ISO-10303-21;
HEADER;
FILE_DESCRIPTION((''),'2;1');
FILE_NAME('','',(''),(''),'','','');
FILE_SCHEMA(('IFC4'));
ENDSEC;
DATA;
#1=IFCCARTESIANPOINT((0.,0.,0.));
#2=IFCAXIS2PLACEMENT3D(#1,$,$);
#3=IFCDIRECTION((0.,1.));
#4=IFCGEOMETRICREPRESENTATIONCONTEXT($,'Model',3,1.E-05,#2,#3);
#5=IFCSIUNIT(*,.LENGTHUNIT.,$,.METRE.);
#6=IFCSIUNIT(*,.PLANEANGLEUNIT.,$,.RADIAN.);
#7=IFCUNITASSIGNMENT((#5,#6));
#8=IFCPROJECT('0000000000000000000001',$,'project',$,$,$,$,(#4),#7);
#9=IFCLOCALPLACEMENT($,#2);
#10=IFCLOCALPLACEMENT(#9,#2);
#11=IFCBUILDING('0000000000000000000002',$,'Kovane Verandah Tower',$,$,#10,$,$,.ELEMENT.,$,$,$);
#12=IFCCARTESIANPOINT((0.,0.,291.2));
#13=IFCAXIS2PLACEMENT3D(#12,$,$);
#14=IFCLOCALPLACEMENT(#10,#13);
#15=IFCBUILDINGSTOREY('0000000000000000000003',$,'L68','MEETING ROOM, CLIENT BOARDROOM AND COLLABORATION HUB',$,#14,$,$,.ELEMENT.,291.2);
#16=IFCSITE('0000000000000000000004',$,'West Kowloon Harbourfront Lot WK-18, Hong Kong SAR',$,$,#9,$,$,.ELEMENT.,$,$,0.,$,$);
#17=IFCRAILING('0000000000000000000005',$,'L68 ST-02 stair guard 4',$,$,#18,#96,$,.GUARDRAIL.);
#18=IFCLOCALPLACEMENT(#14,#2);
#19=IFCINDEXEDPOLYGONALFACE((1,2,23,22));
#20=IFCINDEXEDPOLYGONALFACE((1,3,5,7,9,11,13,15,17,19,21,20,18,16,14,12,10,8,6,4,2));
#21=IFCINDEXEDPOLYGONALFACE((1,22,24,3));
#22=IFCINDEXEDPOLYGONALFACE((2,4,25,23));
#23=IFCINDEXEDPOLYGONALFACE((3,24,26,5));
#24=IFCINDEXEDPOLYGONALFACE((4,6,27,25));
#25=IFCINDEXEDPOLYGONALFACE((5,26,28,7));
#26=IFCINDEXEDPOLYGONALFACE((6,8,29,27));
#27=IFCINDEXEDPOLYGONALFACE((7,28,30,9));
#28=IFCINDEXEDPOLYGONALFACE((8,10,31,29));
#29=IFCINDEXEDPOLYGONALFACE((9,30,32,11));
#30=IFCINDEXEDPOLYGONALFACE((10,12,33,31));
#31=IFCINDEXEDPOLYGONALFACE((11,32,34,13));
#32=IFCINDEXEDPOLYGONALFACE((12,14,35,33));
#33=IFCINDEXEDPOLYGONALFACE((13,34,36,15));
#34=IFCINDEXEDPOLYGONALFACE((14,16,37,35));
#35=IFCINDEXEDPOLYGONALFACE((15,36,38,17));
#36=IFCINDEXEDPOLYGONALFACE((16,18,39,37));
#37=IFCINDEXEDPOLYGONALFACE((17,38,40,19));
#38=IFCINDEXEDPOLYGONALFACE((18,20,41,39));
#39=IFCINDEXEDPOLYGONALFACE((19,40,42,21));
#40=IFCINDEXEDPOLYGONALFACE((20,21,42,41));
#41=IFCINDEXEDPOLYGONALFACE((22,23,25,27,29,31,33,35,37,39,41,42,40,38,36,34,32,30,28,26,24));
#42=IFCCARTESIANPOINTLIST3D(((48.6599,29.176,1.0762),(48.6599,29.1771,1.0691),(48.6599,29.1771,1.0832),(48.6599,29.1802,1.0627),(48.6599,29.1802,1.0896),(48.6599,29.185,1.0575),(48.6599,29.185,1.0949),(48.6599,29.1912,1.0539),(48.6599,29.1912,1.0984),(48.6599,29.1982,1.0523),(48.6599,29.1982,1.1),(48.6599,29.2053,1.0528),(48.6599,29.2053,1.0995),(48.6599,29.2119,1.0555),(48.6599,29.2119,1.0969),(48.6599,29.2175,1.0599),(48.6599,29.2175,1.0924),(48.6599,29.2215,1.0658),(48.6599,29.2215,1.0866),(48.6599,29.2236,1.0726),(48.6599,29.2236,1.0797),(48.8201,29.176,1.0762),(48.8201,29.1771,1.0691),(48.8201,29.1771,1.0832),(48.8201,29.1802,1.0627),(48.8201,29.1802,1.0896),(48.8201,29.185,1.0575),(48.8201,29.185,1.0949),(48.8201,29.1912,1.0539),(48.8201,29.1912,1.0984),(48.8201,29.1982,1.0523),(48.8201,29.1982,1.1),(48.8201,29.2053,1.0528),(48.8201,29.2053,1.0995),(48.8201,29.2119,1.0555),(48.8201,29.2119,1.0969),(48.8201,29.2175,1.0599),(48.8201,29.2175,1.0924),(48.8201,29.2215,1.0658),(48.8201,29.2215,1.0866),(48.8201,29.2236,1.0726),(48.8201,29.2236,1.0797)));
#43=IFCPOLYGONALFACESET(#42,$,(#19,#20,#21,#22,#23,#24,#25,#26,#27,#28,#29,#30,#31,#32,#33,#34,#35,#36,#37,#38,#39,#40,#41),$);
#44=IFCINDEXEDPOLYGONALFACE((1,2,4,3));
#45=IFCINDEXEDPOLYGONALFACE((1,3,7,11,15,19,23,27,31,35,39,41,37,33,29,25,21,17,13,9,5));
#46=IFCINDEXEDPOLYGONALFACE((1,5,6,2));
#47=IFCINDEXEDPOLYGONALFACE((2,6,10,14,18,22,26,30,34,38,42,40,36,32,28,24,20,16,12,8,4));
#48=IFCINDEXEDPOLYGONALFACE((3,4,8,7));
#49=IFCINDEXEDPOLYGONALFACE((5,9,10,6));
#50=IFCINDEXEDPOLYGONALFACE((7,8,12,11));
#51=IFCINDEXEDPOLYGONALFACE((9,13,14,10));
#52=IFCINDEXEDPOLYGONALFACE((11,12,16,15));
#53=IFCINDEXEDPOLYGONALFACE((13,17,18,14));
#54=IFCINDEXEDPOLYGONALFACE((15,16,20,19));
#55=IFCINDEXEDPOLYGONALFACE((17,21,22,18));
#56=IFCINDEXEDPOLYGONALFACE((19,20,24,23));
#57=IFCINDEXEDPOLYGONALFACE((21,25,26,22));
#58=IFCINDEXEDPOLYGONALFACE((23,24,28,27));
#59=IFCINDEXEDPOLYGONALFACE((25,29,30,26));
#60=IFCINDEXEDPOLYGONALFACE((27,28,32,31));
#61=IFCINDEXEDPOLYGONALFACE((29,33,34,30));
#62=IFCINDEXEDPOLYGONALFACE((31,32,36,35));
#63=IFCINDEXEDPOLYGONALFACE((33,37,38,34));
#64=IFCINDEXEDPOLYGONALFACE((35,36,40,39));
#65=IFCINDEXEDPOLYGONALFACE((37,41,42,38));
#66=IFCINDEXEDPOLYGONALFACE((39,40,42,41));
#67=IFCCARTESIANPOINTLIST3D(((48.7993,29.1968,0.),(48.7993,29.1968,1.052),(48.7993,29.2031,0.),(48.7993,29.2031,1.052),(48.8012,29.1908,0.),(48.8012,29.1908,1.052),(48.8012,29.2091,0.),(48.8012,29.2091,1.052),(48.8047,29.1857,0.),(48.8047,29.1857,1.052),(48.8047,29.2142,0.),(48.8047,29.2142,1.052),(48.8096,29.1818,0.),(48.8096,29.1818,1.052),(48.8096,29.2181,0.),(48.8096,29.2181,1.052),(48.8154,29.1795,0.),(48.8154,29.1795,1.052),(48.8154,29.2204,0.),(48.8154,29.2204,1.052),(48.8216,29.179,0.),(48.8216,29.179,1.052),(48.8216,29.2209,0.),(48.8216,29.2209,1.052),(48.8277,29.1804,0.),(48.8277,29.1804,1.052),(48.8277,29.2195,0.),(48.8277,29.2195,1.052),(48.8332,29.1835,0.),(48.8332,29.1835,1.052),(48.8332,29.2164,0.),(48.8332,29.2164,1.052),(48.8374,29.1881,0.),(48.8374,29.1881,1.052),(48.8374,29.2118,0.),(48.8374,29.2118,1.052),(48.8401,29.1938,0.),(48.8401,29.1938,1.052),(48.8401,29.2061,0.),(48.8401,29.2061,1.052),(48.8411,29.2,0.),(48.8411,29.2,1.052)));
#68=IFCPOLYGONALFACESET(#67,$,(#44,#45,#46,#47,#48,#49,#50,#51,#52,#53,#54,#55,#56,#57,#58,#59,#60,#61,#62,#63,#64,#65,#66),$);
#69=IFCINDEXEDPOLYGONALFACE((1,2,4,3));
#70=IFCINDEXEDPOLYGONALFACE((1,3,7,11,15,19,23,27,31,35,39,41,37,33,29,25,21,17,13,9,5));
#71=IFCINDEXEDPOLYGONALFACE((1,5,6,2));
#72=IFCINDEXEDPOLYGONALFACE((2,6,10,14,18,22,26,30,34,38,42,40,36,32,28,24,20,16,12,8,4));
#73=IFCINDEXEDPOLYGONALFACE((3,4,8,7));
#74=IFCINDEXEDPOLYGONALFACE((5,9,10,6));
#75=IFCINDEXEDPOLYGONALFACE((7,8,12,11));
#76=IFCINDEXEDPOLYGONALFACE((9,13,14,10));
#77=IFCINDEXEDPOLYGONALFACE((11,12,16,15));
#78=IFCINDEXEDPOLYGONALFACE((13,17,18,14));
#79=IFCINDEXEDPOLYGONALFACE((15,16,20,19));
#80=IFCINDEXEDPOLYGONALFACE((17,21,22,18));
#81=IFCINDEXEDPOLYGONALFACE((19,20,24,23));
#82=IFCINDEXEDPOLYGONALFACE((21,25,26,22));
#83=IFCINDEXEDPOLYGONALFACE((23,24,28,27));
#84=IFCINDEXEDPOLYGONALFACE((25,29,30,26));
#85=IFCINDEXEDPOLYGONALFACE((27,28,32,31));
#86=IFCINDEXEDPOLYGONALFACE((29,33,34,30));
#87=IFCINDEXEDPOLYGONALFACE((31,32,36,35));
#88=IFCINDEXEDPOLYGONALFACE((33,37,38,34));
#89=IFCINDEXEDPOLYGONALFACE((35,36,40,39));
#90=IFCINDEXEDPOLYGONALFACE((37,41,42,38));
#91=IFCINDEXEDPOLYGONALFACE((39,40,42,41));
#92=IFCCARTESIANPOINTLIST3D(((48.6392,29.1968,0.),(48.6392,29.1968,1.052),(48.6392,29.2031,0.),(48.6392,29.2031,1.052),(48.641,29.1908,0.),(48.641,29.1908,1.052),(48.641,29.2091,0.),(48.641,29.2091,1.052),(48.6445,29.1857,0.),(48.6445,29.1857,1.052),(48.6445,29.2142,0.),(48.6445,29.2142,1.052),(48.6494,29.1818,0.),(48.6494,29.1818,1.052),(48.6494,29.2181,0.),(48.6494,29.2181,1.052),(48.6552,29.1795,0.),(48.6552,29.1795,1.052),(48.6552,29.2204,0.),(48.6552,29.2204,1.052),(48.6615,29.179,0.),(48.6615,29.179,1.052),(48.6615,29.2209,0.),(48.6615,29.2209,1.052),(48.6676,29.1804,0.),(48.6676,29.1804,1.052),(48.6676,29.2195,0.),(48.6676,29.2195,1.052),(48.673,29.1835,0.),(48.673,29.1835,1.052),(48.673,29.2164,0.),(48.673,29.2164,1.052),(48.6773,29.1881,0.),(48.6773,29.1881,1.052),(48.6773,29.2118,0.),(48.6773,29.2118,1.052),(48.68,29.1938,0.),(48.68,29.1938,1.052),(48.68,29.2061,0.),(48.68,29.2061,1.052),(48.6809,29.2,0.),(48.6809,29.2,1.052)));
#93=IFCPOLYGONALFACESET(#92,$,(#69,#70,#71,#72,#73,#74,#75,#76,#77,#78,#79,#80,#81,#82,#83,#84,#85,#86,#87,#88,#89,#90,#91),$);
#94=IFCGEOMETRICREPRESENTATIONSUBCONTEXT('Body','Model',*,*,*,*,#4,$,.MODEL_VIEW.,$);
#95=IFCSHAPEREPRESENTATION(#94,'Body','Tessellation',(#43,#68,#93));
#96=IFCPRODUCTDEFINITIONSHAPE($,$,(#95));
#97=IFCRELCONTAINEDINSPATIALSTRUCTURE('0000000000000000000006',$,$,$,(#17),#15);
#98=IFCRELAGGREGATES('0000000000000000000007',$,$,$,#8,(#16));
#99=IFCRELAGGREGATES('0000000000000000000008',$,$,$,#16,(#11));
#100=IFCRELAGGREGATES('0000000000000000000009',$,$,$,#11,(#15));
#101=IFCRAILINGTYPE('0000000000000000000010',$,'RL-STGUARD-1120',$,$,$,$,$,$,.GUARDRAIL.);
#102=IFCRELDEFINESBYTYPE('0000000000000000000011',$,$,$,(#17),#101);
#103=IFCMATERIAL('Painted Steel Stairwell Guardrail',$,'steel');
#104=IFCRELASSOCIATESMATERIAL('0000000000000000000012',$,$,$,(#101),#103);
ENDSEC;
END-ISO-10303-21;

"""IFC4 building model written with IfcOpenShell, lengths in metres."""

from ifc_helpers import new_model, si_unit, direction, frame, origin, origin_2d, place, context, subcontext, project, spatial, circle, extrude, material, type_object, element, save


model = new_model("IFC4")

# Units and contexts
model_context = context("Model", 3, precision=1e-05, world=origin(), true_north=direction((0.0, 1.0)))
body_context = subcontext(model_context, "Body", "Model", "MODEL_VIEW")
ifc_project = project(units=[si_unit("LENGTHUNIT", "METRE"), si_unit("PLANEANGLEUNIT", "RADIAN")], contexts=[model_context])

# Site, building, storey
site_placement = place(None, origin())
site = spatial("IfcSite", under=ifc_project, at=site_placement, Name="West Kowloon Harbourfront Lot WK-18, Hong Kong SAR", CompositionType="ELEMENT", RefElevation=0.0)
building_placement = place(site_placement, origin())
building = spatial("IfcBuilding", under=site, at=building_placement, Name="Kovane Verandah Tower", CompositionType="ELEMENT")
storey_placement = place(building_placement, frame((0.0, 0.0, 291.2)))
storey = spatial("IfcBuildingStorey", under=building, at=storey_placement, Name="L68", Description="MEETING ROOM, CLIENT BOARDROOM AND COLLABORATION HUB", CompositionType="ELEMENT", Elevation=291.2)

# Railing
ifc_material_1 = material(Name="Painted Steel Stairwell Guardrail", Category="steel")
railing_type_1 = type_object("IfcRailingType", Name="RL-STGUARD-1120", PredefinedType="GUARDRAIL", material=ifc_material_1)
railing_1_placement = place(storey_placement, frame((48.8201, 29.2, 0.0)))
element("IfcRailing", 1, at=railing_1_placement, inside=storey, type_object=railing_type_1, Name="L68 ST-02 stair guard 4", PredefinedType="GUARDRAIL", context=body_context, shape_type="SweptSolid", body=[
    extrude(circle(Radius=0.0239, at=origin_2d()), frame((0.0, 0.0, 1.0762), z_axis=(-1.0, 0.0, 0.0), x_axis=(0.0, -1.0, 0.0)), (0.0, 0.0, 1.0), 0.1602),
    extrude(circle(Radius=0.021, at=origin_2d()), origin(), (0.0, 0.0, 1.0), 1.052),
    extrude(circle(Radius=0.021, at=origin_2d()), frame((-0.1602, 0.0, 0.0)), (0.0, 0.0, 1.0), 1.052),
])

save(model, "model.ifc")
